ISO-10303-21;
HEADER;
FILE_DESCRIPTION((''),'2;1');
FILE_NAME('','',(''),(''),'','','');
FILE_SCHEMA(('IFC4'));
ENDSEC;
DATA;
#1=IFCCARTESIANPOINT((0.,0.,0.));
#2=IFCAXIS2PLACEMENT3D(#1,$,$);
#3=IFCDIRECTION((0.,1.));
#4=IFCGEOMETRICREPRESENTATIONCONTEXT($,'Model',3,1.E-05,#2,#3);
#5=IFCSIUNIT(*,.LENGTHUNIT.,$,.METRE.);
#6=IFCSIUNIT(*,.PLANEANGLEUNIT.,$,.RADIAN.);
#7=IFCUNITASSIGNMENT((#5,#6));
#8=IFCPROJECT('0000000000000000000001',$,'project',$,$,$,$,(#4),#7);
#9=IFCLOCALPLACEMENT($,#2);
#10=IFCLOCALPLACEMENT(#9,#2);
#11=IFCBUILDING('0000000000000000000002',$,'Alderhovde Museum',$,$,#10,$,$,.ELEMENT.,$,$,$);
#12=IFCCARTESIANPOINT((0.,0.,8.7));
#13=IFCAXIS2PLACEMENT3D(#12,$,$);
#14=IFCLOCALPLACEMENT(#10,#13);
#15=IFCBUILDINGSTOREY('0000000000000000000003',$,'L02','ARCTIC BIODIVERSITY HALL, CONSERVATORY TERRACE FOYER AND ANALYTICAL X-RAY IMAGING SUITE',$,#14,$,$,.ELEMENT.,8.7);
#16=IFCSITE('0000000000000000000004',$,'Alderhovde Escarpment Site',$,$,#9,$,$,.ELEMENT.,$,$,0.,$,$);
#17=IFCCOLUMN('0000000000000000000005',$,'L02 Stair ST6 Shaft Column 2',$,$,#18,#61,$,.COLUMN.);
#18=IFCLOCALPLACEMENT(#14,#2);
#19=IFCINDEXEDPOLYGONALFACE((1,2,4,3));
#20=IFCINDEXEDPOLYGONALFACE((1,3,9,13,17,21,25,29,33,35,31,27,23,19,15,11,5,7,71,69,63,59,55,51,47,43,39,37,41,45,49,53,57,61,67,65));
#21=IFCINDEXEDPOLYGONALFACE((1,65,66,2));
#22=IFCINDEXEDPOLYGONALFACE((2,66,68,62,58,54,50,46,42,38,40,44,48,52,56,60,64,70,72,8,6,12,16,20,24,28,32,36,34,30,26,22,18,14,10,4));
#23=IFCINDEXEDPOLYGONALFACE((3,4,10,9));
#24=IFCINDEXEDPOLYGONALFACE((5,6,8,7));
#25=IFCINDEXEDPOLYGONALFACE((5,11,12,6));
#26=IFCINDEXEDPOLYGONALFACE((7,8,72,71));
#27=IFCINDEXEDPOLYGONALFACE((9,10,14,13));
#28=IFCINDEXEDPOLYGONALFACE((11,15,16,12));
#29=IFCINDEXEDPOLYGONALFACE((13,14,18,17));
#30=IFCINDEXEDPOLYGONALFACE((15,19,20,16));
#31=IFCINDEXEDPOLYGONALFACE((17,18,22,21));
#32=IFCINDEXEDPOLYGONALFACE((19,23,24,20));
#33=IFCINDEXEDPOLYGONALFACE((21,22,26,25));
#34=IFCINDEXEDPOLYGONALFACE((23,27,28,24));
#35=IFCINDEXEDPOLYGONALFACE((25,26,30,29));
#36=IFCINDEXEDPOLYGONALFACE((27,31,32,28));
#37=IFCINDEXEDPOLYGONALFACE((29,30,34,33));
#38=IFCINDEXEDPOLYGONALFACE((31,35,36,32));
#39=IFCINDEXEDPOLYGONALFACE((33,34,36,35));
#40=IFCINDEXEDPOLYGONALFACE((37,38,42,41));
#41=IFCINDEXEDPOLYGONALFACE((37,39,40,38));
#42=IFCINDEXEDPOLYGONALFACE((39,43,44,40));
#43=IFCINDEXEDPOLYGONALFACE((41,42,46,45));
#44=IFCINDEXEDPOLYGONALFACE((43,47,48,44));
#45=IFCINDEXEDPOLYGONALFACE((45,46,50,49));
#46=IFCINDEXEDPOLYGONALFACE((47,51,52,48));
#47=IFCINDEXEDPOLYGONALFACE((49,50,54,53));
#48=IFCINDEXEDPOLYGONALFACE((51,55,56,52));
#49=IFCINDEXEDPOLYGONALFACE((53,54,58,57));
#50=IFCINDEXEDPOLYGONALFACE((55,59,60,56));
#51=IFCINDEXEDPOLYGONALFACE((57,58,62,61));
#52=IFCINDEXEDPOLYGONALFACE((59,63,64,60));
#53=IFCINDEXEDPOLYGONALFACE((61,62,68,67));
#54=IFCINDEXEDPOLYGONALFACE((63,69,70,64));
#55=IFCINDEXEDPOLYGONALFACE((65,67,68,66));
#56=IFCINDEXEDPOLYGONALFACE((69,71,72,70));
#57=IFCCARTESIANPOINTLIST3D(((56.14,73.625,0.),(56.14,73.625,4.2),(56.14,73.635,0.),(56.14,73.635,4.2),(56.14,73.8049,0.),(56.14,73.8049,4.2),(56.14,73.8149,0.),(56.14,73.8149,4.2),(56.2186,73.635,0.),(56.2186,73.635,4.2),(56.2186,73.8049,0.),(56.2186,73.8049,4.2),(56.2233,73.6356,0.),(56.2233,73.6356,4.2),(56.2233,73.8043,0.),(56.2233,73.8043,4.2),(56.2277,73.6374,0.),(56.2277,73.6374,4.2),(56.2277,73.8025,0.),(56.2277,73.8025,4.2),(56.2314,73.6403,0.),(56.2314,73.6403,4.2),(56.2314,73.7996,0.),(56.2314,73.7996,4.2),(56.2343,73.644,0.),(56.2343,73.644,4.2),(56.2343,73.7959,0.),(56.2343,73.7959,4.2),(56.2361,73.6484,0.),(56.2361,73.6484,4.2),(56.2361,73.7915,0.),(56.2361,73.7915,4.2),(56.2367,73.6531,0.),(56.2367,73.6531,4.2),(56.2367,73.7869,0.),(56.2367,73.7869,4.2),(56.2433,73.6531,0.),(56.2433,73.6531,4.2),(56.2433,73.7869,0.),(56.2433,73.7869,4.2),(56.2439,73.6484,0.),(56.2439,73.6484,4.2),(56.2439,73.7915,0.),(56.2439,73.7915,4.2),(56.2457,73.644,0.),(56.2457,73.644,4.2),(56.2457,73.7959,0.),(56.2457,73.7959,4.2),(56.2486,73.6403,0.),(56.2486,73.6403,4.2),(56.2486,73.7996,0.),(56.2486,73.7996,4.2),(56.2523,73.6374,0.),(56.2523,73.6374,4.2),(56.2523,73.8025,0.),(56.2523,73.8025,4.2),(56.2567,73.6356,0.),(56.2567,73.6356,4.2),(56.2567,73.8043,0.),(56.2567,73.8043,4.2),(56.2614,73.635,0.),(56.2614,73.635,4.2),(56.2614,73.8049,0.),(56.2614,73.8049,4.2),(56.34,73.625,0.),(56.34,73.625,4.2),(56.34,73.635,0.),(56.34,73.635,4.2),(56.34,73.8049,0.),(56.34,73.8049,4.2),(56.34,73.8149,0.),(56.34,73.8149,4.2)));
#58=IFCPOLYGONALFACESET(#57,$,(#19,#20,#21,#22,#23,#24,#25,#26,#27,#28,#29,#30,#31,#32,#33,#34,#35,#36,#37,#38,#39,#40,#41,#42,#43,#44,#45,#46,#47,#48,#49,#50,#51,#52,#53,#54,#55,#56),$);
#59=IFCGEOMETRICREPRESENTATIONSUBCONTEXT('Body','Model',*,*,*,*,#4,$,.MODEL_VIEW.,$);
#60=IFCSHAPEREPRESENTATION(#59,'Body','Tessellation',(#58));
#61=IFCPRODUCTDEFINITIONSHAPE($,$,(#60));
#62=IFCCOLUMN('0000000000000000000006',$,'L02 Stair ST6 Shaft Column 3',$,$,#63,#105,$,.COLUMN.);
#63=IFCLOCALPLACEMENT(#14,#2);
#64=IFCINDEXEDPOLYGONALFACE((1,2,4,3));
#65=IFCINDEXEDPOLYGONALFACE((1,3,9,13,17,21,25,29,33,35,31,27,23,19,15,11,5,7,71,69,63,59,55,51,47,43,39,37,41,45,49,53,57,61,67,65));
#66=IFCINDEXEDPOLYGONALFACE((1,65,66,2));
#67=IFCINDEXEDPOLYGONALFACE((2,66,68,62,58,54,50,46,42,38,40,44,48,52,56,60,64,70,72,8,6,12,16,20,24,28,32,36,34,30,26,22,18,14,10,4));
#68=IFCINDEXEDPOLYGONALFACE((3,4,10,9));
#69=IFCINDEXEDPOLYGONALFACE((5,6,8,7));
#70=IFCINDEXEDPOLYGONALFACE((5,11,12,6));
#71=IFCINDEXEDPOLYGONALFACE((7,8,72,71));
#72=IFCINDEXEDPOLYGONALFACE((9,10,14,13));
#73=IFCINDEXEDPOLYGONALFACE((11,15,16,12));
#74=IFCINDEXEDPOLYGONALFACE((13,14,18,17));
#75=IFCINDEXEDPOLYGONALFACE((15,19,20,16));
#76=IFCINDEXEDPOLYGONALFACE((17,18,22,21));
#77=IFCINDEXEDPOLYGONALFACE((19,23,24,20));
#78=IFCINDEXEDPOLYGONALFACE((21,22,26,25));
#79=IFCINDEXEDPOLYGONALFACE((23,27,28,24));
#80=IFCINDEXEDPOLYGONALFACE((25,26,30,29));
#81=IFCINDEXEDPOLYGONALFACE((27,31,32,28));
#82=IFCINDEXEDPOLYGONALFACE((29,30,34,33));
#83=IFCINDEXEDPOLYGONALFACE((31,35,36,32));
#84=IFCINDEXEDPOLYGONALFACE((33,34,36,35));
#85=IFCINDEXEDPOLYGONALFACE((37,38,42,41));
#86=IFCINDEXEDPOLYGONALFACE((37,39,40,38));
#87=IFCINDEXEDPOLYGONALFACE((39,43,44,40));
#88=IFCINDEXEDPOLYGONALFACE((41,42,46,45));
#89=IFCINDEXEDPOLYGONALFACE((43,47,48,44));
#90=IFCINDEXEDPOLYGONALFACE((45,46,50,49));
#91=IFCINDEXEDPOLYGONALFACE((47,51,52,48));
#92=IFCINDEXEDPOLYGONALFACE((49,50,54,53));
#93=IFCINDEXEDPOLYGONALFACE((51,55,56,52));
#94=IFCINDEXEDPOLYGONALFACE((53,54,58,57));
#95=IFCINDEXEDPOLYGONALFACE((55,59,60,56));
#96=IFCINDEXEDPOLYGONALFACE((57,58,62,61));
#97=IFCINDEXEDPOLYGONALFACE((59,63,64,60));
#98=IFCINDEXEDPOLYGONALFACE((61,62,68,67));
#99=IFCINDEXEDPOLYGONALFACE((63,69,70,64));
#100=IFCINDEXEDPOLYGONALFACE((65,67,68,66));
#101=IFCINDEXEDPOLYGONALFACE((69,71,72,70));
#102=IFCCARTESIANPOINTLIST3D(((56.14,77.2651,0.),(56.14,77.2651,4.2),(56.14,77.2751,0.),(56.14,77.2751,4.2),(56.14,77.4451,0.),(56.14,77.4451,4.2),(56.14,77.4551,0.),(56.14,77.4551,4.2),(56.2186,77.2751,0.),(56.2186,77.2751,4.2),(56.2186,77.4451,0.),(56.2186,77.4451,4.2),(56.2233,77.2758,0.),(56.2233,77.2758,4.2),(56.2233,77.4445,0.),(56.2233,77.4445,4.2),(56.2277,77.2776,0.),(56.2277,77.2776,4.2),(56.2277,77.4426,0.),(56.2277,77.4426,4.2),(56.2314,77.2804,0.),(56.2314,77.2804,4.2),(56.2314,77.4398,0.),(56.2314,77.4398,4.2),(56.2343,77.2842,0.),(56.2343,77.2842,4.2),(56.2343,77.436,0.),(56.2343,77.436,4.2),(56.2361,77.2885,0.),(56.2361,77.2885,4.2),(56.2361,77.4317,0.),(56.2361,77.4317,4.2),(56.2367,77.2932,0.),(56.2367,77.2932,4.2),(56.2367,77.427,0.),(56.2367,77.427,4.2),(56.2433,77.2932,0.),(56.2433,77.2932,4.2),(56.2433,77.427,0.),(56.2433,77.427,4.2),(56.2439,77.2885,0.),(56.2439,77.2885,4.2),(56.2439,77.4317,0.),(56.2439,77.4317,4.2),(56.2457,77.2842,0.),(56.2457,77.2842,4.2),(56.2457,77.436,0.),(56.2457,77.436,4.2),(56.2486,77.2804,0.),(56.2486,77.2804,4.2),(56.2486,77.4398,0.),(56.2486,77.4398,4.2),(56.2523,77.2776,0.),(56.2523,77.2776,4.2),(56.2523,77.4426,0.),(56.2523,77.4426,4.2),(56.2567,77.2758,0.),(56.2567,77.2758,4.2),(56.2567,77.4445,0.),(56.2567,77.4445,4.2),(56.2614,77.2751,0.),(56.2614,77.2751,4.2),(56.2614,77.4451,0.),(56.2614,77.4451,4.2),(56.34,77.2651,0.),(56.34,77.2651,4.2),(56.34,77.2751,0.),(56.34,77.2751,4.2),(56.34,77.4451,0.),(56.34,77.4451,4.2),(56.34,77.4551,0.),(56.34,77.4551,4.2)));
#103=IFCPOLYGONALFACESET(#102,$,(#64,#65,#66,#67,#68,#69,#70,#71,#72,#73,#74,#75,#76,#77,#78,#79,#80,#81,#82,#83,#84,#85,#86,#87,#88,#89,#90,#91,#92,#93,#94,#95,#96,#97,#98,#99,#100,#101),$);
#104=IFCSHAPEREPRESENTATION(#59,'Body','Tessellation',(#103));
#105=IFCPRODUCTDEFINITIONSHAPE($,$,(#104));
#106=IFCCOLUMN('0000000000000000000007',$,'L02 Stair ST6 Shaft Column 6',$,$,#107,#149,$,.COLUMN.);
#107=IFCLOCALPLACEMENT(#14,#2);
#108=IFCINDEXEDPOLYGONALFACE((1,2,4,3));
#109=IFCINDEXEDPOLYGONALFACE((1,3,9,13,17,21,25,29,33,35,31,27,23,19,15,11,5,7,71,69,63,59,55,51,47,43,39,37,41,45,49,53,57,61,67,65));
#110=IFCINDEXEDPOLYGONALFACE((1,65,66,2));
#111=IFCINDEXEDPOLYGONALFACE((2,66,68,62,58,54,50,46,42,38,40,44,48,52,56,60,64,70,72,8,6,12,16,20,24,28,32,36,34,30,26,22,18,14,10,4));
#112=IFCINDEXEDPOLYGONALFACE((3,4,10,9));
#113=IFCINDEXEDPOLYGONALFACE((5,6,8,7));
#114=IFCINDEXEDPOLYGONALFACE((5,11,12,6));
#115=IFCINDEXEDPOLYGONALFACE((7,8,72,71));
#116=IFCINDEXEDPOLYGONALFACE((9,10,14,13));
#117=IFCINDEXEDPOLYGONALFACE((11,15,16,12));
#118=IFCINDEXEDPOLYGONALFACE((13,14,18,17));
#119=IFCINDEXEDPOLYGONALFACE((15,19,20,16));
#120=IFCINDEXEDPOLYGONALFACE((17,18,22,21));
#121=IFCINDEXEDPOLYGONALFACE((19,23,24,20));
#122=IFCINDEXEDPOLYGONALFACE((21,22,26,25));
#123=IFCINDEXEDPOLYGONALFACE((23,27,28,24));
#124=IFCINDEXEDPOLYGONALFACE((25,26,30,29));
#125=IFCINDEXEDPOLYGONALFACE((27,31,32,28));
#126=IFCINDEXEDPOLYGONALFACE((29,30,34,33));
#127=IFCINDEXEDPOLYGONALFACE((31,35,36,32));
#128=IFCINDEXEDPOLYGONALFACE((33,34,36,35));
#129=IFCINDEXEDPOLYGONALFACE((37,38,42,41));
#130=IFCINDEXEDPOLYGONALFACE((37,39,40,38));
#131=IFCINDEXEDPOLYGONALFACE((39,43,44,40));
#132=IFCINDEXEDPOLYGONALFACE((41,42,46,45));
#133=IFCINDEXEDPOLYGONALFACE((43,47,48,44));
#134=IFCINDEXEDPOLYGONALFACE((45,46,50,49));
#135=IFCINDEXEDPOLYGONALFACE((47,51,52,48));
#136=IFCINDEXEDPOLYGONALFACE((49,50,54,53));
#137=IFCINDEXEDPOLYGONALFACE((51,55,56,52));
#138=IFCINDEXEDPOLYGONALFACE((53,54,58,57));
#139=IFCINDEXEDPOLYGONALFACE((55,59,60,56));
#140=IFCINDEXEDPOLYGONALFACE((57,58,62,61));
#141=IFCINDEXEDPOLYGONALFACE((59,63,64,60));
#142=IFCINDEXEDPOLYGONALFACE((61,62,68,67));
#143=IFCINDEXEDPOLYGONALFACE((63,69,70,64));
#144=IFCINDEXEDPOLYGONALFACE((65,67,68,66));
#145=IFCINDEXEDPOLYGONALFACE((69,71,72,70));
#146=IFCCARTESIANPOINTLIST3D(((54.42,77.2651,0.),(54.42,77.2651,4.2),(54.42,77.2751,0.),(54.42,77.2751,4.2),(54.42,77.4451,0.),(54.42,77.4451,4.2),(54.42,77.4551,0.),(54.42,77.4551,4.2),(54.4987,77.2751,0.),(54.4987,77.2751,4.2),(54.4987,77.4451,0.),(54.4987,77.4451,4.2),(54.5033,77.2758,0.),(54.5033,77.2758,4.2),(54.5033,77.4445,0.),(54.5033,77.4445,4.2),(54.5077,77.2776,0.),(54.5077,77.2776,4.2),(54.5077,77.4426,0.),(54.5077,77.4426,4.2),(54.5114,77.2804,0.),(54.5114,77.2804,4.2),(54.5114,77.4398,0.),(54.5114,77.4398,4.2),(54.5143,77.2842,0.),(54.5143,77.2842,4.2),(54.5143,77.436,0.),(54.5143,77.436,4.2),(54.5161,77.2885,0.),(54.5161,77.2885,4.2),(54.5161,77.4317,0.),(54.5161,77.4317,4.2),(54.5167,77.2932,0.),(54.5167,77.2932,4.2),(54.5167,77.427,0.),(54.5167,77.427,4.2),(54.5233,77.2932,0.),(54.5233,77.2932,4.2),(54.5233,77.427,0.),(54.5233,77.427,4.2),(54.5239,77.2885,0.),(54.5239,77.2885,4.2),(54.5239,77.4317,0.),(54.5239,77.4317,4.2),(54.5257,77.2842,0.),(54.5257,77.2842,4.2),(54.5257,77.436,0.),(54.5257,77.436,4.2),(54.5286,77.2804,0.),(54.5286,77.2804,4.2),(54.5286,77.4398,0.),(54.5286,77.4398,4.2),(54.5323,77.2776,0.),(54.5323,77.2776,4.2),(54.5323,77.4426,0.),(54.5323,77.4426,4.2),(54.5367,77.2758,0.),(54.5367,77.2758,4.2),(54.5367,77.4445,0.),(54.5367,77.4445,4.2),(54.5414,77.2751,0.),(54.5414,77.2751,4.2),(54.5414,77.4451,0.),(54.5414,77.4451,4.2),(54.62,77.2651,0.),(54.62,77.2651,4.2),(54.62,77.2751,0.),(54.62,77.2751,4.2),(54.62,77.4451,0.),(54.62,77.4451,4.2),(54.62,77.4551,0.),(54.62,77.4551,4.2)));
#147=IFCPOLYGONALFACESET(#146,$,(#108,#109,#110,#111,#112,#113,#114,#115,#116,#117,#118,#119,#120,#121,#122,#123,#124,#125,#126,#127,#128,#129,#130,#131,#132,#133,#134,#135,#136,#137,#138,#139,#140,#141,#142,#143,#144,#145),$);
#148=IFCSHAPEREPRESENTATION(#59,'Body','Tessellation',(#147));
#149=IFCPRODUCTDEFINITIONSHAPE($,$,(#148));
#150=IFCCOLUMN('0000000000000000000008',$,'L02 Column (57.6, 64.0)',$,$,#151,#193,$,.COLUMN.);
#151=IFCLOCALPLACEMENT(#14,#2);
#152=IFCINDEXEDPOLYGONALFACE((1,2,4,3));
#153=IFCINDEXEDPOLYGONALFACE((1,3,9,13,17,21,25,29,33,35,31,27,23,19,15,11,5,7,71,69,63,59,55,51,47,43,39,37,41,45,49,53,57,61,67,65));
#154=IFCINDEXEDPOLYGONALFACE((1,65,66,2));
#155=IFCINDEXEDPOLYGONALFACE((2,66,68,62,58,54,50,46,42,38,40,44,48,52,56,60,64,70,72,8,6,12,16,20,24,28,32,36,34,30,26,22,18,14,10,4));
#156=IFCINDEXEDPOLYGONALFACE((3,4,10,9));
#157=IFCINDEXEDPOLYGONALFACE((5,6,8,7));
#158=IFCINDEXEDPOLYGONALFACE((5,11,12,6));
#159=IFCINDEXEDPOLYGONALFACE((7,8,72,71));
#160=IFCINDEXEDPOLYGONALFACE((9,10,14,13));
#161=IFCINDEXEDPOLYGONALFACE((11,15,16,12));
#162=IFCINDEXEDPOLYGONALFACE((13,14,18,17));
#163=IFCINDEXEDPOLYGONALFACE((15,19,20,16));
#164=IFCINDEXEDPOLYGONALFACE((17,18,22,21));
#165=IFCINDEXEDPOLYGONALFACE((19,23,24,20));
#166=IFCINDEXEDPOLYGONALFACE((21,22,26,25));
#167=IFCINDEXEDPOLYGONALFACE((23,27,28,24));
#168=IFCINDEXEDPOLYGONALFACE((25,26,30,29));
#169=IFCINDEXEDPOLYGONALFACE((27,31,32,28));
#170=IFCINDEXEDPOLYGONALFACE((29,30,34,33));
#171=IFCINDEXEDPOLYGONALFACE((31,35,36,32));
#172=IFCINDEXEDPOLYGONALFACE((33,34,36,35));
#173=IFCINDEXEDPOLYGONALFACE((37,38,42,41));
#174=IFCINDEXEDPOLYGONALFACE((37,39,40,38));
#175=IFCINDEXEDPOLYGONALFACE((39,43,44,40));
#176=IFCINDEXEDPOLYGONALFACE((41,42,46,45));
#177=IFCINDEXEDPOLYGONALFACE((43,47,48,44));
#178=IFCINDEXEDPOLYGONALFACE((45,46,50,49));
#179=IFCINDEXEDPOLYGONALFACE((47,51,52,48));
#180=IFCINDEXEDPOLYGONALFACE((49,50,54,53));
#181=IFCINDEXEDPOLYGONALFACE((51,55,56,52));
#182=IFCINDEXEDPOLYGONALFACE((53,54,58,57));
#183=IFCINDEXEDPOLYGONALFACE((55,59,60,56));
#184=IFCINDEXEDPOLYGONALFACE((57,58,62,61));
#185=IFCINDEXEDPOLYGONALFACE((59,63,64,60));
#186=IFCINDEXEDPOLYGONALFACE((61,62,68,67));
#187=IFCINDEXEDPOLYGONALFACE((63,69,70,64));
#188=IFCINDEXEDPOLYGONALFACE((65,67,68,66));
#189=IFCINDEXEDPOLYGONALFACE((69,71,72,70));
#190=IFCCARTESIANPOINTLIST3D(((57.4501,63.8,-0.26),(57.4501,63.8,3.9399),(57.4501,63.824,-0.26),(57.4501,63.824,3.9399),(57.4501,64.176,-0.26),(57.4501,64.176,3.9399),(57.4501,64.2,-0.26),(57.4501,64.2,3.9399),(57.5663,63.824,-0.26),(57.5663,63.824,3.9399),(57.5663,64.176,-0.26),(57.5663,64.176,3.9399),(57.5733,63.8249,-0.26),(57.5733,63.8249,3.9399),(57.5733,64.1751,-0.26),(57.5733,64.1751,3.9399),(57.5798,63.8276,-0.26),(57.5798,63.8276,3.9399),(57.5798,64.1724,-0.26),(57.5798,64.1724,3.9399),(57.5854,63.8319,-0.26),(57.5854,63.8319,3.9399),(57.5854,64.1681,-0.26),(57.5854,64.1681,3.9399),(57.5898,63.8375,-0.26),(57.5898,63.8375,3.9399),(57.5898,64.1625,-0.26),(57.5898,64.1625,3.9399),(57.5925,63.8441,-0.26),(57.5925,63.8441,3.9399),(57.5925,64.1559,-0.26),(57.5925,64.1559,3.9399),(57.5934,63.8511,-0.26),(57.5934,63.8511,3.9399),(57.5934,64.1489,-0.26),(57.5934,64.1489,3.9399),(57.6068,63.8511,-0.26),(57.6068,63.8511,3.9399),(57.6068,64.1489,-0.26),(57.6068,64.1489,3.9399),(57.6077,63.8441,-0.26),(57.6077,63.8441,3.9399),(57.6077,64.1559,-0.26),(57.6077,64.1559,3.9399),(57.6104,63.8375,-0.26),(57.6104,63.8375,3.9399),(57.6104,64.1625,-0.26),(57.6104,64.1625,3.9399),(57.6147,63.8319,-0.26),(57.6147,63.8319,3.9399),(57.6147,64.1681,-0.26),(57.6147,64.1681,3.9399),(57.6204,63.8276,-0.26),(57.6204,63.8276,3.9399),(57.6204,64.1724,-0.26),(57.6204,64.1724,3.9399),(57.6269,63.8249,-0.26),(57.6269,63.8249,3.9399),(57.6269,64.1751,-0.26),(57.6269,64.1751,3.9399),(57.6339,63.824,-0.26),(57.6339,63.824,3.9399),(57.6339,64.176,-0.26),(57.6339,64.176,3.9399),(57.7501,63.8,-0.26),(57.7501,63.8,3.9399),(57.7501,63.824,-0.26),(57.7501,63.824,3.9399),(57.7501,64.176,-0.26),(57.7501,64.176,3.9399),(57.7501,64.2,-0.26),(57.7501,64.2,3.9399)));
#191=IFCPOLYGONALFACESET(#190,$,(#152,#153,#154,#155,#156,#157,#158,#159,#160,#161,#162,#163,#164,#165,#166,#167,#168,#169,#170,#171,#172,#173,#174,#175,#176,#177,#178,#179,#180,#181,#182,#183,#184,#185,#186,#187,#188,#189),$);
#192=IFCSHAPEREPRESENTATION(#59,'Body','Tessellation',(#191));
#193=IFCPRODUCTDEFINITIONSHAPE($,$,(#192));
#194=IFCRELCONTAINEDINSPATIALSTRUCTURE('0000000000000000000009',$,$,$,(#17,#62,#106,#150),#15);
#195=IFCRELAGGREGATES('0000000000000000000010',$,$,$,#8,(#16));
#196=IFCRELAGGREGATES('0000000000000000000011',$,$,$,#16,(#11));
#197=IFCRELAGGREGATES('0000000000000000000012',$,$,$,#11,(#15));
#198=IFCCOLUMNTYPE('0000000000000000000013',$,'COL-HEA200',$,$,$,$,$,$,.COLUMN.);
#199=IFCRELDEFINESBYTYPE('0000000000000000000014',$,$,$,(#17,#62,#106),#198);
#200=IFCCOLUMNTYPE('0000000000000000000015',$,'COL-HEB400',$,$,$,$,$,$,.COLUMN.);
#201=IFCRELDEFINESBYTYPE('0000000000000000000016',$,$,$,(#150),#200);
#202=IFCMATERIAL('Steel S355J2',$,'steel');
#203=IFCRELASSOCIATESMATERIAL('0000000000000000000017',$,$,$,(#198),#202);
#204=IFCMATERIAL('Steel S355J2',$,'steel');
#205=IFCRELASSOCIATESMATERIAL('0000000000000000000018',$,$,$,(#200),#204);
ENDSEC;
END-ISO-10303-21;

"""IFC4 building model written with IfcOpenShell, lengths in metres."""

from ifc_helpers import new_model, si_unit, direction, frame, origin, origin_2d, place, context, subcontext, project, spatial, i_section, extrude, material, material_profile, profile_set, type_object, element, save


model = new_model("IFC4")

# Units and contexts
model_context = context("Model", 3, precision=1e-05, world=origin(), true_north=direction((0.0, 1.0)))
body_context = subcontext(model_context, "Body", "Model", "MODEL_VIEW")
ifc_project = project(units=[si_unit("LENGTHUNIT", "METRE"), si_unit("PLANEANGLEUNIT", "RADIAN")], contexts=[model_context])

# Site, building, storey
site_placement = place(None, origin())
site = spatial("IfcSite", under=ifc_project, at=site_placement, Name="Alderhovde Escarpment Site", CompositionType="ELEMENT", RefElevation=0.0)
building_placement = place(site_placement, origin())
building = spatial("IfcBuilding", under=site, at=building_placement, Name="Alderhovde Museum", CompositionType="ELEMENT")
storey_placement = place(building_placement, frame((0.0, 0.0, 8.7)))
storey = spatial("IfcBuildingStorey", under=building, at=storey_placement, Name="L02", Description="ARCTIC BIODIVERSITY HALL, CONSERVATORY TERRACE FOYER AND ANALYTICAL X-RAY IMAGING SUITE", CompositionType="ELEMENT", Elevation=8.7)

# Columns
ifc_material_1 = material(Name="Steel S355J2", Category="steel")
ifc_material_profile_1 = material_profile(ifc_material_1, i_section(OverallWidth=0.2, OverallDepth=0.1899, WebThickness=0.0066, FlangeThickness=0.01, FilletRadius=0.0181, at=origin_2d()), Name="HEA 200")
ifc_profile_set_1 = profile_set([ifc_material_profile_1], Name="Steel S355J2")
column_type_1 = type_object("IfcColumnType", Name="COL-HEA200", PredefinedType="COLUMN", material=ifc_profile_set_1)
for number, where, z_axis, x_axis, name in (
    (1, (56.24, 73.72, 0.0), (0.0, 0.0, 1.0), (1.0, 0.0, 0.0), "L02 Stair ST6 Shaft Column 2"),
    (2, (56.24, 77.3601, 0.0), (0.0, 0.0, 1.0), (1.0, 0.0, 0.0), "L02 Stair ST6 Shaft Column 3"),
    (3, (54.52, 77.3601, 0.0), (0.0, 0.0, 1.0), (1.0, 0.0, 0.0), "L02 Stair ST6 Shaft Column 6"),
):
    element("IfcColumn", number, at=place(storey_placement, frame(where, z_axis=z_axis, x_axis=x_axis)), inside=storey, type_object=column_type_1, Name=name, PredefinedType="COLUMN", context=body_context, shape_type="SweptSolid", body=[
        extrude(i_section(OverallWidth=0.2, OverallDepth=0.1899, WebThickness=0.0066, FlangeThickness=0.01, FilletRadius=0.0181, at=origin_2d()), origin(), (0.0, 0.0, 1.0), 4.2),
    ])
ifc_material_2 = material(Name="Steel S355J2", Category="steel")
ifc_material_profile_2 = material_profile(ifc_material_2, i_section(OverallWidth=0.3, OverallDepth=0.3999, WebThickness=0.0134, FlangeThickness=0.0239, FilletRadius=0.0271, at=origin_2d()), Name="HEB 400")
ifc_profile_set_2 = profile_set([ifc_material_profile_2], Name="Steel S355J2")
column_type_2 = type_object("IfcColumnType", Name="COL-HEB400", PredefinedType="COLUMN", material=ifc_profile_set_2)
for number, where, z_axis, x_axis, name in (
    (4, (57.6001, 64.0, -0.26), (0.0, 0.0, 1.0), (1.0, 0.0, 0.0), "L02 Column (57.6, 64.0)"),
):
    element("IfcColumn", number, at=place(storey_placement, frame(where, z_axis=z_axis, x_axis=x_axis)), inside=storey, type_object=column_type_2, Name=name, PredefinedType="COLUMN", context=body_context, shape_type="SweptSolid", body=[
        extrude(i_section(OverallWidth=0.3, OverallDepth=0.3999, WebThickness=0.0134, FlangeThickness=0.0239, FilletRadius=0.0271, at=origin_2d()), origin(), (0.0, 0.0, 1.0), 4.2),
    ])

save(model, "model.ifc")
